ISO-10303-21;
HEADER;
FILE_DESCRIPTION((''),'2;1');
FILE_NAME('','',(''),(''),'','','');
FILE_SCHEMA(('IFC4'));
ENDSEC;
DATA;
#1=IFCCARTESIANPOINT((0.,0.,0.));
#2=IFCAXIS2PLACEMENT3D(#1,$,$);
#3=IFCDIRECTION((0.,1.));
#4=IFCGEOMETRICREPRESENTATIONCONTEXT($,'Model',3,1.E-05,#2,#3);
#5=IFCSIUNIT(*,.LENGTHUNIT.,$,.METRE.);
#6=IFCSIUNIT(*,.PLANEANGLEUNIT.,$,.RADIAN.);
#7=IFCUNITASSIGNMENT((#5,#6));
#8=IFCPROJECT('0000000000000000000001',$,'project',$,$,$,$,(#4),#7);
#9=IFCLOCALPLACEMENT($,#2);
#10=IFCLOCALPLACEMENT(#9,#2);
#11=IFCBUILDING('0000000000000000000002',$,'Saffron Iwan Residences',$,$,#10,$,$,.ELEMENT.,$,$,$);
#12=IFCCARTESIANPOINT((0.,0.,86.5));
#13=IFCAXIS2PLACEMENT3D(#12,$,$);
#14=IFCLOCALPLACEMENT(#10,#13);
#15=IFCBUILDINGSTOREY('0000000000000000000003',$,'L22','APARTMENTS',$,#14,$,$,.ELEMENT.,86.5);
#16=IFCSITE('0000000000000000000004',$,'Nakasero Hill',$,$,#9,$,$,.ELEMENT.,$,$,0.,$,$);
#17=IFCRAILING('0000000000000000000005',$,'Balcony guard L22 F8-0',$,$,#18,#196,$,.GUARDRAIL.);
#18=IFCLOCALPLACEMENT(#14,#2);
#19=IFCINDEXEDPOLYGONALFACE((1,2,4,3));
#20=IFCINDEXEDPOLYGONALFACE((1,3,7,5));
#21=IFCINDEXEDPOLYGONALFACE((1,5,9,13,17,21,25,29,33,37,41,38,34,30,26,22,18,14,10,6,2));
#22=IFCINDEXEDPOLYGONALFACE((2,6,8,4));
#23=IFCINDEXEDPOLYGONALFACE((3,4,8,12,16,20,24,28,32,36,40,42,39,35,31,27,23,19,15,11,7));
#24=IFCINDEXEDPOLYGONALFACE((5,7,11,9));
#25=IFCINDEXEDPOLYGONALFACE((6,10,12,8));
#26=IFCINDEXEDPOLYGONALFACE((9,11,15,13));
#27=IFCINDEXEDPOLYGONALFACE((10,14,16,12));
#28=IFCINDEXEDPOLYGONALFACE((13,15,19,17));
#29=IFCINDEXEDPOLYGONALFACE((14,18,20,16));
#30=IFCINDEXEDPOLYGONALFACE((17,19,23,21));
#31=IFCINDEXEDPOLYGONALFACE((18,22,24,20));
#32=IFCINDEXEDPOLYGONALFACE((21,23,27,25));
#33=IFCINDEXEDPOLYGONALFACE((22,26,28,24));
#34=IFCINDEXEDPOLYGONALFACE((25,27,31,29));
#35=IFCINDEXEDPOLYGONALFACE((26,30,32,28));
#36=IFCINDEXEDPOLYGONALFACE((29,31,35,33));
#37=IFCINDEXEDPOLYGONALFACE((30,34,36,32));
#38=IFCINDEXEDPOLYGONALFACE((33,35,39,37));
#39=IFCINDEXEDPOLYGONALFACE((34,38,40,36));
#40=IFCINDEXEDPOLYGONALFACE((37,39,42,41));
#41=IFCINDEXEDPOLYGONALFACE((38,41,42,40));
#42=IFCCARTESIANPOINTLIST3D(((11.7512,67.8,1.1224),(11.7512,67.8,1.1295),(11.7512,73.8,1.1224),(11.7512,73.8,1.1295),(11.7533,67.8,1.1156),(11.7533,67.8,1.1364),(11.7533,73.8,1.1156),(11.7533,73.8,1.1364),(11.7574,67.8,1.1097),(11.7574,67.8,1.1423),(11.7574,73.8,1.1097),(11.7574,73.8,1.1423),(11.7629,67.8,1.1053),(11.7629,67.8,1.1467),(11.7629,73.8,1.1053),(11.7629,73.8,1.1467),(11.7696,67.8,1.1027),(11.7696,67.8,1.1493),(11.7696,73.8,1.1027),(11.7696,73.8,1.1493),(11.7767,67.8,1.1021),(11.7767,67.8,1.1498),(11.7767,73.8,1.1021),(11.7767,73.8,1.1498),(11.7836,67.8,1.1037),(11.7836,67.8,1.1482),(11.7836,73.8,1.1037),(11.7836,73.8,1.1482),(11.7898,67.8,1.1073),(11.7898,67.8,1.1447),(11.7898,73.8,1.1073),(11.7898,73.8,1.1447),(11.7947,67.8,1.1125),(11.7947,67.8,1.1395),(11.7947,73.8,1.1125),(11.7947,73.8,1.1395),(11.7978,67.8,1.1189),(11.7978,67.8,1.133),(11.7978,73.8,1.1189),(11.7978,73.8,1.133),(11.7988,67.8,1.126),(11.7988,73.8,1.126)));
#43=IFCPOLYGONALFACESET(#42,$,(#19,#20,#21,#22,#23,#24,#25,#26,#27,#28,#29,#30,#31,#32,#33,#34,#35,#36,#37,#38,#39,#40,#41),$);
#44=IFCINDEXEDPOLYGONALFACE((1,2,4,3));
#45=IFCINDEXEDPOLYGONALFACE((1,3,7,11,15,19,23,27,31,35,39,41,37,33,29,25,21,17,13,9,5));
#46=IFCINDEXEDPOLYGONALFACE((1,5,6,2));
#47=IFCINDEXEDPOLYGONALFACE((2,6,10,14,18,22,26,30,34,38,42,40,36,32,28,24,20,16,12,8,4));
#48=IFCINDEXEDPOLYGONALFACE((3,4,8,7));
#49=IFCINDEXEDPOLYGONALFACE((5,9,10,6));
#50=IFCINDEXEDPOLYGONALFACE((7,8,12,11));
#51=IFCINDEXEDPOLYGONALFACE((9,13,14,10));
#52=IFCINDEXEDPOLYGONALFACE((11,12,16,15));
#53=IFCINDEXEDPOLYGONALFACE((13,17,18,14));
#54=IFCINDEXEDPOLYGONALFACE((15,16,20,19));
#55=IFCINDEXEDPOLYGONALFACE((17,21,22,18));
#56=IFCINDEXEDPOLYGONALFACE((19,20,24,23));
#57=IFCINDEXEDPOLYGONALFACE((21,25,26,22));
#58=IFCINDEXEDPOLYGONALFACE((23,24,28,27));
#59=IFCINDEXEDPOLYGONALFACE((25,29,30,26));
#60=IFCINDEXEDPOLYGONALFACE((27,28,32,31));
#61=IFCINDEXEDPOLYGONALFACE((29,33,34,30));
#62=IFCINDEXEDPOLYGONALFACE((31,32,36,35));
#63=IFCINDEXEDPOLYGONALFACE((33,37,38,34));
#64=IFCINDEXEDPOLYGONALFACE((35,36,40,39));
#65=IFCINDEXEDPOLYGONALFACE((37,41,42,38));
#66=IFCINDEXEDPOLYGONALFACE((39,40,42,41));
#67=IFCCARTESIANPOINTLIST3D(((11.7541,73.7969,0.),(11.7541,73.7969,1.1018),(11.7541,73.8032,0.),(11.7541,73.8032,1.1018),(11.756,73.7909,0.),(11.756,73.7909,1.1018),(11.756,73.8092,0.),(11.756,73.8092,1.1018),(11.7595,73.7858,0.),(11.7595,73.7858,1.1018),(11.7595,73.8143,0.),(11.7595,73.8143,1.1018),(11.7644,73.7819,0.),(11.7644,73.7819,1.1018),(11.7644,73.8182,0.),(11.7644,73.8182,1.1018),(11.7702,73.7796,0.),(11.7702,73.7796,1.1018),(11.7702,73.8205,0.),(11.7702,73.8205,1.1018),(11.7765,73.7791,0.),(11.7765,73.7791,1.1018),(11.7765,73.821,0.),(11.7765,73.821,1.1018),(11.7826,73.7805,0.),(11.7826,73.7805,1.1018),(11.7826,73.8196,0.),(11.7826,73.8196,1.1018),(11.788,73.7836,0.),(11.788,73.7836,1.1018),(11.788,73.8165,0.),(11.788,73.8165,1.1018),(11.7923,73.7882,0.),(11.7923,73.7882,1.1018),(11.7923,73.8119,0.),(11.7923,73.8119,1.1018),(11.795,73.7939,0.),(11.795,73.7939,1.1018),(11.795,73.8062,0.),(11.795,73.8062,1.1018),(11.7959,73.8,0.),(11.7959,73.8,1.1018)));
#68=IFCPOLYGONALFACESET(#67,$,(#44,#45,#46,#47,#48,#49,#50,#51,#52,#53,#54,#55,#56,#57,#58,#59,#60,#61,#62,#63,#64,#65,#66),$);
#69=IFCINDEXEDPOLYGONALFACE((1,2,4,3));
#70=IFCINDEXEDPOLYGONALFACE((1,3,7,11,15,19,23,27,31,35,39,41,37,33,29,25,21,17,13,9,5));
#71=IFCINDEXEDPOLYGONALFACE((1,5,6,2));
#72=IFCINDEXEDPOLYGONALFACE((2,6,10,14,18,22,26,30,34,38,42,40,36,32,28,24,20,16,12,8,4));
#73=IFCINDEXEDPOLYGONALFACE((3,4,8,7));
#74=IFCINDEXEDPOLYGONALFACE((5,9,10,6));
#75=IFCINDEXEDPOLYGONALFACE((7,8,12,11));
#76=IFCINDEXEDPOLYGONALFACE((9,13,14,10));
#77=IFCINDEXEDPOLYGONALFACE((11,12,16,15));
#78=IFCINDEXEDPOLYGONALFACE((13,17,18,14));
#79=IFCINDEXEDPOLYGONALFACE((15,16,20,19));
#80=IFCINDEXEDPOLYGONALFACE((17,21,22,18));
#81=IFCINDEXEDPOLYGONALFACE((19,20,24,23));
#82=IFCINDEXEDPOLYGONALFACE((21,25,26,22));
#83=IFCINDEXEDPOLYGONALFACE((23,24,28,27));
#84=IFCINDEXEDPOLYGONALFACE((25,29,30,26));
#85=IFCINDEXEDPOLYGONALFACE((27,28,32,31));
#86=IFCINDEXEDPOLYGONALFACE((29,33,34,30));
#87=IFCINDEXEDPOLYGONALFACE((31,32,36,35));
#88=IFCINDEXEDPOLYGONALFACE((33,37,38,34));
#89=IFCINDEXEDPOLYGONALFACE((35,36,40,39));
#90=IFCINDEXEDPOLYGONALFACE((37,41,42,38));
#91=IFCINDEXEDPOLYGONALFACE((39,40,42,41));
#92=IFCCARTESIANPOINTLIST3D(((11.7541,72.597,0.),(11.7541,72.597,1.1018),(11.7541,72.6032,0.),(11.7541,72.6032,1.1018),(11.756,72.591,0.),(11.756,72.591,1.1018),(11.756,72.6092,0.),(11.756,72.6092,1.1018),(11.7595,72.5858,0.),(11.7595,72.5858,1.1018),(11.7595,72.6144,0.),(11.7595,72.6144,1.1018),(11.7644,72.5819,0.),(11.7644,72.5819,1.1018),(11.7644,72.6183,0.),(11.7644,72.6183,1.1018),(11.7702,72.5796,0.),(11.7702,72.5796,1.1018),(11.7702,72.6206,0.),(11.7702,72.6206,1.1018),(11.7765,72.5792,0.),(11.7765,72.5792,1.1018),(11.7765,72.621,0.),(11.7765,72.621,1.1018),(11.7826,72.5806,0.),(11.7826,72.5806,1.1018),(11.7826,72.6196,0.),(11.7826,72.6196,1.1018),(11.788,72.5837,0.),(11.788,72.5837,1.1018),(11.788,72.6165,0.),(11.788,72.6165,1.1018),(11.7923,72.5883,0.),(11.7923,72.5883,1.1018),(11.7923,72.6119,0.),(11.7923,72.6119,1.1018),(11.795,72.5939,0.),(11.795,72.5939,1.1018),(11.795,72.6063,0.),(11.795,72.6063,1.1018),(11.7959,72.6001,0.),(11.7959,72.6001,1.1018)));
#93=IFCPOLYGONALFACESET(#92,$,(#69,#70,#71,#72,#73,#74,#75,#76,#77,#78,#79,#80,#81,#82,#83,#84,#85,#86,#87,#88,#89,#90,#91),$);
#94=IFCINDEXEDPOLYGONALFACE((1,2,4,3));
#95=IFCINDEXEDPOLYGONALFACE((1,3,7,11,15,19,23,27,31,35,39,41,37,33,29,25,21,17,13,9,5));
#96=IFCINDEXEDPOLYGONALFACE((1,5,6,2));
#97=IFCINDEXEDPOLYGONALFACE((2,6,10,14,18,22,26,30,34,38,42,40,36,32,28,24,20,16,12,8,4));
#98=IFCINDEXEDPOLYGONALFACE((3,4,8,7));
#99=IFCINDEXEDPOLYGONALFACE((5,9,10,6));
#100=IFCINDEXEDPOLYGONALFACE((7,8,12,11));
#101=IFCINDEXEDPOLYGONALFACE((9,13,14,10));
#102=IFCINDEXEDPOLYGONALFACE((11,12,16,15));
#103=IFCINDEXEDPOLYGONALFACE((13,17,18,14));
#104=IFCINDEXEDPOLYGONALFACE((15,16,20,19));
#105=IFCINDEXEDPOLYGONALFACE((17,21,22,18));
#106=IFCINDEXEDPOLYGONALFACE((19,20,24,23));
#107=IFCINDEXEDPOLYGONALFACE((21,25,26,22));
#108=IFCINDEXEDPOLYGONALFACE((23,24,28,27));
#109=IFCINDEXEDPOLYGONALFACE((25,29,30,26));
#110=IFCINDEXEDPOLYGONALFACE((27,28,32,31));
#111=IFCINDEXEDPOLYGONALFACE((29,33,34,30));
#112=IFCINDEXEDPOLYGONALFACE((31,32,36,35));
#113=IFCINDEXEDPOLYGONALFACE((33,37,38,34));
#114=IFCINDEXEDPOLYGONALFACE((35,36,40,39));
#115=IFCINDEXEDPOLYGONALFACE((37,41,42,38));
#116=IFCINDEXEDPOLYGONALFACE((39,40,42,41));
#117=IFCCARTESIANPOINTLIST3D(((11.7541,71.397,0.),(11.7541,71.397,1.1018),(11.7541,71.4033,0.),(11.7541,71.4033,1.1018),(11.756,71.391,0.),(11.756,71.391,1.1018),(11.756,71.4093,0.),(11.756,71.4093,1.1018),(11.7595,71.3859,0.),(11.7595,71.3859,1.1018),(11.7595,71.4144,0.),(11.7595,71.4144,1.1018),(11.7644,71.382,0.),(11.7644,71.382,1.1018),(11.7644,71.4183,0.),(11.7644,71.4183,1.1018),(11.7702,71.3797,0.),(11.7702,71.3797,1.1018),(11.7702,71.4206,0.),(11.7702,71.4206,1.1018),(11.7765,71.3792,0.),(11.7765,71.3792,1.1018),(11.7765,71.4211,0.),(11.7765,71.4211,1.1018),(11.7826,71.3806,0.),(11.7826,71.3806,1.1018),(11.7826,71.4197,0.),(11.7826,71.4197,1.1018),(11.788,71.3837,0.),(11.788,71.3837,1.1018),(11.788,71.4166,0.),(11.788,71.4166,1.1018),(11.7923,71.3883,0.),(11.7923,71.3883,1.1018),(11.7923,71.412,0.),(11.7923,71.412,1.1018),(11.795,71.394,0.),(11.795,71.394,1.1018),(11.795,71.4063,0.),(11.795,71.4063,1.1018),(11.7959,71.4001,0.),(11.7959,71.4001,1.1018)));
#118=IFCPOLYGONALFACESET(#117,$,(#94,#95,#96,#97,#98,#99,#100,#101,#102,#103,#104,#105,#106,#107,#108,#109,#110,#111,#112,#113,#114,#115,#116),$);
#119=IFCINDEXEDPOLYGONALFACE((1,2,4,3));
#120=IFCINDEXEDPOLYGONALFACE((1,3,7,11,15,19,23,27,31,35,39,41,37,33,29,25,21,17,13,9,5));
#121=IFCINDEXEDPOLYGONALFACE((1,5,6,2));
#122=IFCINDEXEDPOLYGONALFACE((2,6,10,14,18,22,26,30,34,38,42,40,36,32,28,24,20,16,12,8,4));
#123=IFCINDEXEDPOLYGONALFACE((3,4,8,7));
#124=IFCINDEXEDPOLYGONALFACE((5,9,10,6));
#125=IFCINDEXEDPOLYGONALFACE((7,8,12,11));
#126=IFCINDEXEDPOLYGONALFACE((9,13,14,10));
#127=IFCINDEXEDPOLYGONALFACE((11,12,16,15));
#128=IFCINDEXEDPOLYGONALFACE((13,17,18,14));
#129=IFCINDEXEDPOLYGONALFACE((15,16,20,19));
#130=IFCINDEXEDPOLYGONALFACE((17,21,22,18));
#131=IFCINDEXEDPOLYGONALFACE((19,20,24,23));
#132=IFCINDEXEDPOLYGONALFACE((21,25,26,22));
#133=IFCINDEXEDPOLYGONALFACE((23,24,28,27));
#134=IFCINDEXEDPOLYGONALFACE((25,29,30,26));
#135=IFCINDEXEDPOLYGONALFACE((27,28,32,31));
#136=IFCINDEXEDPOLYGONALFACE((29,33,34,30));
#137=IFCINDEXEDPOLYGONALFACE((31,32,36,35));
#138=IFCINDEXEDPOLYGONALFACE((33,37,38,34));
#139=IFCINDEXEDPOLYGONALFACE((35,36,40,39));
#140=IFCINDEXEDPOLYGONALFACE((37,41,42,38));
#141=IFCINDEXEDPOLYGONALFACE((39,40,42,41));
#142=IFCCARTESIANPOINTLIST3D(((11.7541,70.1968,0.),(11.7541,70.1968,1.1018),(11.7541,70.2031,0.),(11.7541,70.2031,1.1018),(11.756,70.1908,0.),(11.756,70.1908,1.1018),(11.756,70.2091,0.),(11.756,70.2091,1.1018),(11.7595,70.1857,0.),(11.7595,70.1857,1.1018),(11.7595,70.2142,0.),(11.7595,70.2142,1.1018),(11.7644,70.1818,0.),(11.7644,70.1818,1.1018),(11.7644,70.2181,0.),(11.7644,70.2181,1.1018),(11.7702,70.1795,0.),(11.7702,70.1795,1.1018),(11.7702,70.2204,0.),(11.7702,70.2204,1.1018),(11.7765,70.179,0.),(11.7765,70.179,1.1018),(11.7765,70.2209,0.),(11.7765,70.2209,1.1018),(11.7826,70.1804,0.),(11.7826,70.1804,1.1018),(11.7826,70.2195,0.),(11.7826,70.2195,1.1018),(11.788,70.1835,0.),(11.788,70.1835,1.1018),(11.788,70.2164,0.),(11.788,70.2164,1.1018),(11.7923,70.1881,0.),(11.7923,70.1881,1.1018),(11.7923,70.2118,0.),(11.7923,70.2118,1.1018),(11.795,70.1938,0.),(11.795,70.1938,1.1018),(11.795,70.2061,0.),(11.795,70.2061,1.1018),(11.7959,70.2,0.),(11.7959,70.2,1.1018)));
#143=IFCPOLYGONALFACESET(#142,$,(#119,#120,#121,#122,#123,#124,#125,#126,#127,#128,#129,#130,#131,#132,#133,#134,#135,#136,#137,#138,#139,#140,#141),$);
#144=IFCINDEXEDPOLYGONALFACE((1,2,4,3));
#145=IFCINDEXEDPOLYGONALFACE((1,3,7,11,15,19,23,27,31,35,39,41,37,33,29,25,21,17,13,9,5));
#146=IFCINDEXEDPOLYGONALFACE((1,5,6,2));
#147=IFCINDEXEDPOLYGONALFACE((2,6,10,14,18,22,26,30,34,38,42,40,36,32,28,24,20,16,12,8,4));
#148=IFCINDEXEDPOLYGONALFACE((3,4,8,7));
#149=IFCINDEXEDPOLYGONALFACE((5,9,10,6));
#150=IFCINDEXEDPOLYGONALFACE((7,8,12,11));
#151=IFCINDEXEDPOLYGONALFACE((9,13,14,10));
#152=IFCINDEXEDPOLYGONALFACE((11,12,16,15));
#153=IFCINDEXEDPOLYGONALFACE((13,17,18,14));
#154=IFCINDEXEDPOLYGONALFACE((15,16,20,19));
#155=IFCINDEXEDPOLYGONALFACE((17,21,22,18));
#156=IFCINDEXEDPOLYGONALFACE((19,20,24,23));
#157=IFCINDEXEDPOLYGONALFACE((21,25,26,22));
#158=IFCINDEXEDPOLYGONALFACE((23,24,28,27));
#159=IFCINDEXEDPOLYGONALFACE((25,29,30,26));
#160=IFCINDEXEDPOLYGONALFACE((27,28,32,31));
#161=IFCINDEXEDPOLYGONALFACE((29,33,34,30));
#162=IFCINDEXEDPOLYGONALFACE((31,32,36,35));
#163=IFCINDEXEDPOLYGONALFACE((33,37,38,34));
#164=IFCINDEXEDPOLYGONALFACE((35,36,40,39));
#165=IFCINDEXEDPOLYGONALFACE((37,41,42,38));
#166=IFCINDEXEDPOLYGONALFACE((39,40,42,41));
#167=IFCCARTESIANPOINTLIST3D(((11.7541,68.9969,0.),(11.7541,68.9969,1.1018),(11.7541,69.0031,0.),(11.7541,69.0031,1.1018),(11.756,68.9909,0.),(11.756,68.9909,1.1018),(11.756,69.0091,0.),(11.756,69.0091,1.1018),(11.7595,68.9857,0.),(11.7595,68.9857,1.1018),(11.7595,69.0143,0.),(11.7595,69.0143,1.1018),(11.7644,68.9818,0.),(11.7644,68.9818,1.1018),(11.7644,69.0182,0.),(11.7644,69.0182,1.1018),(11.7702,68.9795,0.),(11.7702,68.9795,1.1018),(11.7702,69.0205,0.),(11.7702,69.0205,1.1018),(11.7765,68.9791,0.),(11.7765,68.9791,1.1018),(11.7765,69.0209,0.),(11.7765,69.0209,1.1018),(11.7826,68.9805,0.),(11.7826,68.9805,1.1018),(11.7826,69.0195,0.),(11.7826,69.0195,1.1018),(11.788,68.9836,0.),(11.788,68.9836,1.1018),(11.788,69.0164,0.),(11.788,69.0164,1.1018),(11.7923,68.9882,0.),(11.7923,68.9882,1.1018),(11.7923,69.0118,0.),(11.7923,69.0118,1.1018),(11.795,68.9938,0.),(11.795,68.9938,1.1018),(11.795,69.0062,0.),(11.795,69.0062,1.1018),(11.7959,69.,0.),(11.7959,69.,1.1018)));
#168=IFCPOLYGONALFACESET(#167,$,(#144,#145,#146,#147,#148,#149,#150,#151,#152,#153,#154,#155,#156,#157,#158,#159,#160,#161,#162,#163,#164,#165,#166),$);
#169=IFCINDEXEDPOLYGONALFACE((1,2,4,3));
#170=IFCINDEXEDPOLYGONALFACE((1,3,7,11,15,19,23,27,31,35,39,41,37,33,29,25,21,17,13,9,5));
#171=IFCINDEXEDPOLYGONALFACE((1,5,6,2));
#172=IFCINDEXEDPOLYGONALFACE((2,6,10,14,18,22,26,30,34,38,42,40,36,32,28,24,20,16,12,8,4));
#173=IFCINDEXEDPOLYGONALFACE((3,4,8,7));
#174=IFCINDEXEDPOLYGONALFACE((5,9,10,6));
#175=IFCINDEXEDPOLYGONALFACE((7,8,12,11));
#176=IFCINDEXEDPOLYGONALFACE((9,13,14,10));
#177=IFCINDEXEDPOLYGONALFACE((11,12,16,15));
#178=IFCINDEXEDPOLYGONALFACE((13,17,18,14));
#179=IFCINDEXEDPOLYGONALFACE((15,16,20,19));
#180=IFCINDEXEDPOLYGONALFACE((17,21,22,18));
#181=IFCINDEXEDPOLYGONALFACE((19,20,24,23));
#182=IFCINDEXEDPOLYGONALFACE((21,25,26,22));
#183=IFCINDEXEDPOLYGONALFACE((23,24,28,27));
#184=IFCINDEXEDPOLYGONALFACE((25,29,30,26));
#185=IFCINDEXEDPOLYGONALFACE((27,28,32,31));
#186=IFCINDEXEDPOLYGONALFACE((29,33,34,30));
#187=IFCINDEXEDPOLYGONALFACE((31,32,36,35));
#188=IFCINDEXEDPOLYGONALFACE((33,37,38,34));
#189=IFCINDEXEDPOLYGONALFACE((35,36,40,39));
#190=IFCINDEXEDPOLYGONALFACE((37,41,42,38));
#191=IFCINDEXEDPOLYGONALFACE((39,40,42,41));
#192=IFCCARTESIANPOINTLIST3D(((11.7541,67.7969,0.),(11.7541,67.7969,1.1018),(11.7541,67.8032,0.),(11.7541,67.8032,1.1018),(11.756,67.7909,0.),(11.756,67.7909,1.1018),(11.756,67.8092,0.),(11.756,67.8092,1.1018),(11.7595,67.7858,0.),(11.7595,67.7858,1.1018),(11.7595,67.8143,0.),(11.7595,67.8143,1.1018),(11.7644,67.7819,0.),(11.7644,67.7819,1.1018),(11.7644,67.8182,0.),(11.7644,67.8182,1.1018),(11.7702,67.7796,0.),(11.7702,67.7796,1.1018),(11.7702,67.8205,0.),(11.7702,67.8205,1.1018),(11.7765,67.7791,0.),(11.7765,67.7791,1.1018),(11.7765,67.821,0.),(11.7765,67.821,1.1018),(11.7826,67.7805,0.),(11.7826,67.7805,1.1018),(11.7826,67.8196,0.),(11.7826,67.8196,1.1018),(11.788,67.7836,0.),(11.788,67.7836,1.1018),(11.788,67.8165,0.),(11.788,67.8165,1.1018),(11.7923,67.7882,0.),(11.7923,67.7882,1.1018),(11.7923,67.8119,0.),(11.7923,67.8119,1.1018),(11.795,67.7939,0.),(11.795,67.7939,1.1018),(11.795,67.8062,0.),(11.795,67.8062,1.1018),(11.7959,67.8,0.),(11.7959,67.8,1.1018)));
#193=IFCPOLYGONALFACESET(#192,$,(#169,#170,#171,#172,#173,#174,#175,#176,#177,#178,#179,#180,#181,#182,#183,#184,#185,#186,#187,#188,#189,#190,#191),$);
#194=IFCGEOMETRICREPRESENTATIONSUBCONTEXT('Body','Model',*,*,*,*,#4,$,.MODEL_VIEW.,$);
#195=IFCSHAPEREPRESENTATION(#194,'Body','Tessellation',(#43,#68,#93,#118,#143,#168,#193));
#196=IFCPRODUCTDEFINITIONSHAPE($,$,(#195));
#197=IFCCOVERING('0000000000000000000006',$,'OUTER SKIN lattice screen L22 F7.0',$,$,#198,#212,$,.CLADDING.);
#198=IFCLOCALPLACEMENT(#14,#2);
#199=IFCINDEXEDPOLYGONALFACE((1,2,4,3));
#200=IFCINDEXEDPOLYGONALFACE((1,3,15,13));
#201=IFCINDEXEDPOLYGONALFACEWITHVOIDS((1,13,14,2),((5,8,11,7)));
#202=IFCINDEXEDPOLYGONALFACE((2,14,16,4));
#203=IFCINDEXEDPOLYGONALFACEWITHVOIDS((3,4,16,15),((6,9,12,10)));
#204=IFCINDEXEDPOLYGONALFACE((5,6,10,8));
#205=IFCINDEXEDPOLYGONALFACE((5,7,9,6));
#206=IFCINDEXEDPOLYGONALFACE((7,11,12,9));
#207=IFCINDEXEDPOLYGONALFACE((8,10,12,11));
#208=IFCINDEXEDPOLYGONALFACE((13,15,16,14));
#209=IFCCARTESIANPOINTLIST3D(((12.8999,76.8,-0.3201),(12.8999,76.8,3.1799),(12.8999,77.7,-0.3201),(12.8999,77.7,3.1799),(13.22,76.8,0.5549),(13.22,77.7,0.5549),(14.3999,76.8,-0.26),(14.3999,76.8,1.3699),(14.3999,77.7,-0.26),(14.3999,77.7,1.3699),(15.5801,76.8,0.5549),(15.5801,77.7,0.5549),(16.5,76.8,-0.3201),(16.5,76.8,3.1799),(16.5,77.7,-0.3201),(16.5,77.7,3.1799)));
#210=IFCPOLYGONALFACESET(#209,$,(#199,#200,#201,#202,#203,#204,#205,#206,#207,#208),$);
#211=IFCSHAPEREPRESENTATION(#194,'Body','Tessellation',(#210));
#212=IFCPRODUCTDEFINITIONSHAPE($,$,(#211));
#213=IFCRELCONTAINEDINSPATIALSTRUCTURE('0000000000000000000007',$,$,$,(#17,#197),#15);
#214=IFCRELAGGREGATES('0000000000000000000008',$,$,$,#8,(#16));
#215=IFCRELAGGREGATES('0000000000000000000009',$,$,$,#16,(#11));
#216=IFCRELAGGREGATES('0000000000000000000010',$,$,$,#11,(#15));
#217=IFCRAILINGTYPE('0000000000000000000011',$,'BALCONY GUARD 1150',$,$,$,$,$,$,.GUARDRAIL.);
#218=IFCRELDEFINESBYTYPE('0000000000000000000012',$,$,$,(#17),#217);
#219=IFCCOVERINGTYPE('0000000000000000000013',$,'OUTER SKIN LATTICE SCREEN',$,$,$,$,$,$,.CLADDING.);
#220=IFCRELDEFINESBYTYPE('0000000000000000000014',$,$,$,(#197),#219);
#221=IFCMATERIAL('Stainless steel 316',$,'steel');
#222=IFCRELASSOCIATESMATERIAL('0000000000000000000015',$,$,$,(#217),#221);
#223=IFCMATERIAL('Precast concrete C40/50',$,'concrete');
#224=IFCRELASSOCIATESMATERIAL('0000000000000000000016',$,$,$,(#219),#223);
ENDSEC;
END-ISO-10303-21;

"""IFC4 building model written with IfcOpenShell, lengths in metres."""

from ifc_helpers import new_model, si_unit, direction, frame, origin, origin_2d, place, context, subcontext, project, spatial, polyline, circle, outline, extrude, material, type_object, element, save


model = new_model("IFC4")

# Units and contexts
model_context = context("Model", 3, precision=1e-05, world=origin(), true_north=direction((0.0, 1.0)))
body_context = subcontext(model_context, "Body", "Model", "MODEL_VIEW")
ifc_project = project(units=[si_unit("LENGTHUNIT", "METRE"), si_unit("PLANEANGLEUNIT", "RADIAN")], contexts=[model_context])

# Site, building, storey
site_placement = place(None, origin())
site = spatial("IfcSite", under=ifc_project, at=site_placement, Name="Nakasero Hill", CompositionType="ELEMENT", RefElevation=0.0)
building_placement = place(site_placement, origin())
building = spatial("IfcBuilding", under=site, at=building_placement, Name="Saffron Iwan Residences", CompositionType="ELEMENT")
storey_placement = place(building_placement, frame((0.0, 0.0, 86.5)))
storey = spatial("IfcBuildingStorey", under=building, at=storey_placement, Name="L22", Description="APARTMENTS", CompositionType="ELEMENT", Elevation=86.5)

# Railing
ifc_material_1 = material(Name="Stainless steel 316", Category="steel")
railing_type = type_object("IfcRailingType", Name="BALCONY GUARD 1150", PredefinedType="GUARDRAIL", material=ifc_material_1)
railing_placement = place(storey_placement, frame((11.7749, 73.8, 0.0)))
element("IfcRailing", 1, at=railing_placement, inside=storey, type_object=railing_type, Name="Balcony guard L22 F8-0", PredefinedType="GUARDRAIL", context=body_context, shape_type="SweptSolid", body=[
    extrude(circle(Radius=0.0239, at=origin_2d()), frame((0.0, 0.0, 1.126), z_axis=(0.0, -1.0, 0.0), x_axis=(1.0, 0.0, 0.0)), (0.0, 0.0, 1.0), 6.0),
    extrude(circle(Radius=0.021, at=origin_2d()), origin(), (0.0, 0.0, 1.0), 1.1018),
    extrude(circle(Radius=0.021, at=origin_2d()), frame((0.0, -1.2, 0.0)), (0.0, 0.0, 1.0), 1.1018),
    extrude(circle(Radius=0.021, at=origin_2d()), frame((0.0, -2.3999, 0.0)), (0.0, 0.0, 1.0), 1.1018),
    extrude(circle(Radius=0.021, at=origin_2d()), frame((0.0, -3.6001, 0.0)), (0.0, 0.0, 1.0), 1.1018),
    extrude(circle(Radius=0.021, at=origin_2d()), frame((0.0, -4.8, 0.0)), (0.0, 0.0, 1.0), 1.1018),
    extrude(circle(Radius=0.021, at=origin_2d()), frame((0.0, -6.0, 0.0)), (0.0, 0.0, 1.0), 1.1018),
])

# Covering
ifc_material_2 = material(Name="Precast concrete C40/50", Category="concrete")
covering_type = type_object("IfcCoveringType", Name="OUTER SKIN LATTICE SCREEN", PredefinedType="CLADDING", material=ifc_material_2)
covering_1_placement = place(storey_placement, frame((16.5, 76.8, -0.3201), z_axis=(0.0, 1.0, 0.0), x_axis=(-1.0, 0.0, 0.0)))
element("IfcCovering", 2, at=covering_1_placement, inside=storey, type_object=covering_type, Name="OUTER SKIN lattice screen L22 F7.0", PredefinedType="CLADDING", context=body_context, shape_type="SweptSolid", body=[
    extrude(outline(polyline([(0.0, 0.0), (3.6001, 0.0), (3.6001, 3.5), (0.0, 3.5), (0.0, 0.0)]), holes=[polyline([(0.9199, 0.875), (2.1001, 0.0601), (3.28, 0.875), (2.1001, 1.6899), (0.9199, 0.875)])]), origin(), (0.0, 0.0, 1.0), 0.8999),
])

save(model, "model.ifc")
